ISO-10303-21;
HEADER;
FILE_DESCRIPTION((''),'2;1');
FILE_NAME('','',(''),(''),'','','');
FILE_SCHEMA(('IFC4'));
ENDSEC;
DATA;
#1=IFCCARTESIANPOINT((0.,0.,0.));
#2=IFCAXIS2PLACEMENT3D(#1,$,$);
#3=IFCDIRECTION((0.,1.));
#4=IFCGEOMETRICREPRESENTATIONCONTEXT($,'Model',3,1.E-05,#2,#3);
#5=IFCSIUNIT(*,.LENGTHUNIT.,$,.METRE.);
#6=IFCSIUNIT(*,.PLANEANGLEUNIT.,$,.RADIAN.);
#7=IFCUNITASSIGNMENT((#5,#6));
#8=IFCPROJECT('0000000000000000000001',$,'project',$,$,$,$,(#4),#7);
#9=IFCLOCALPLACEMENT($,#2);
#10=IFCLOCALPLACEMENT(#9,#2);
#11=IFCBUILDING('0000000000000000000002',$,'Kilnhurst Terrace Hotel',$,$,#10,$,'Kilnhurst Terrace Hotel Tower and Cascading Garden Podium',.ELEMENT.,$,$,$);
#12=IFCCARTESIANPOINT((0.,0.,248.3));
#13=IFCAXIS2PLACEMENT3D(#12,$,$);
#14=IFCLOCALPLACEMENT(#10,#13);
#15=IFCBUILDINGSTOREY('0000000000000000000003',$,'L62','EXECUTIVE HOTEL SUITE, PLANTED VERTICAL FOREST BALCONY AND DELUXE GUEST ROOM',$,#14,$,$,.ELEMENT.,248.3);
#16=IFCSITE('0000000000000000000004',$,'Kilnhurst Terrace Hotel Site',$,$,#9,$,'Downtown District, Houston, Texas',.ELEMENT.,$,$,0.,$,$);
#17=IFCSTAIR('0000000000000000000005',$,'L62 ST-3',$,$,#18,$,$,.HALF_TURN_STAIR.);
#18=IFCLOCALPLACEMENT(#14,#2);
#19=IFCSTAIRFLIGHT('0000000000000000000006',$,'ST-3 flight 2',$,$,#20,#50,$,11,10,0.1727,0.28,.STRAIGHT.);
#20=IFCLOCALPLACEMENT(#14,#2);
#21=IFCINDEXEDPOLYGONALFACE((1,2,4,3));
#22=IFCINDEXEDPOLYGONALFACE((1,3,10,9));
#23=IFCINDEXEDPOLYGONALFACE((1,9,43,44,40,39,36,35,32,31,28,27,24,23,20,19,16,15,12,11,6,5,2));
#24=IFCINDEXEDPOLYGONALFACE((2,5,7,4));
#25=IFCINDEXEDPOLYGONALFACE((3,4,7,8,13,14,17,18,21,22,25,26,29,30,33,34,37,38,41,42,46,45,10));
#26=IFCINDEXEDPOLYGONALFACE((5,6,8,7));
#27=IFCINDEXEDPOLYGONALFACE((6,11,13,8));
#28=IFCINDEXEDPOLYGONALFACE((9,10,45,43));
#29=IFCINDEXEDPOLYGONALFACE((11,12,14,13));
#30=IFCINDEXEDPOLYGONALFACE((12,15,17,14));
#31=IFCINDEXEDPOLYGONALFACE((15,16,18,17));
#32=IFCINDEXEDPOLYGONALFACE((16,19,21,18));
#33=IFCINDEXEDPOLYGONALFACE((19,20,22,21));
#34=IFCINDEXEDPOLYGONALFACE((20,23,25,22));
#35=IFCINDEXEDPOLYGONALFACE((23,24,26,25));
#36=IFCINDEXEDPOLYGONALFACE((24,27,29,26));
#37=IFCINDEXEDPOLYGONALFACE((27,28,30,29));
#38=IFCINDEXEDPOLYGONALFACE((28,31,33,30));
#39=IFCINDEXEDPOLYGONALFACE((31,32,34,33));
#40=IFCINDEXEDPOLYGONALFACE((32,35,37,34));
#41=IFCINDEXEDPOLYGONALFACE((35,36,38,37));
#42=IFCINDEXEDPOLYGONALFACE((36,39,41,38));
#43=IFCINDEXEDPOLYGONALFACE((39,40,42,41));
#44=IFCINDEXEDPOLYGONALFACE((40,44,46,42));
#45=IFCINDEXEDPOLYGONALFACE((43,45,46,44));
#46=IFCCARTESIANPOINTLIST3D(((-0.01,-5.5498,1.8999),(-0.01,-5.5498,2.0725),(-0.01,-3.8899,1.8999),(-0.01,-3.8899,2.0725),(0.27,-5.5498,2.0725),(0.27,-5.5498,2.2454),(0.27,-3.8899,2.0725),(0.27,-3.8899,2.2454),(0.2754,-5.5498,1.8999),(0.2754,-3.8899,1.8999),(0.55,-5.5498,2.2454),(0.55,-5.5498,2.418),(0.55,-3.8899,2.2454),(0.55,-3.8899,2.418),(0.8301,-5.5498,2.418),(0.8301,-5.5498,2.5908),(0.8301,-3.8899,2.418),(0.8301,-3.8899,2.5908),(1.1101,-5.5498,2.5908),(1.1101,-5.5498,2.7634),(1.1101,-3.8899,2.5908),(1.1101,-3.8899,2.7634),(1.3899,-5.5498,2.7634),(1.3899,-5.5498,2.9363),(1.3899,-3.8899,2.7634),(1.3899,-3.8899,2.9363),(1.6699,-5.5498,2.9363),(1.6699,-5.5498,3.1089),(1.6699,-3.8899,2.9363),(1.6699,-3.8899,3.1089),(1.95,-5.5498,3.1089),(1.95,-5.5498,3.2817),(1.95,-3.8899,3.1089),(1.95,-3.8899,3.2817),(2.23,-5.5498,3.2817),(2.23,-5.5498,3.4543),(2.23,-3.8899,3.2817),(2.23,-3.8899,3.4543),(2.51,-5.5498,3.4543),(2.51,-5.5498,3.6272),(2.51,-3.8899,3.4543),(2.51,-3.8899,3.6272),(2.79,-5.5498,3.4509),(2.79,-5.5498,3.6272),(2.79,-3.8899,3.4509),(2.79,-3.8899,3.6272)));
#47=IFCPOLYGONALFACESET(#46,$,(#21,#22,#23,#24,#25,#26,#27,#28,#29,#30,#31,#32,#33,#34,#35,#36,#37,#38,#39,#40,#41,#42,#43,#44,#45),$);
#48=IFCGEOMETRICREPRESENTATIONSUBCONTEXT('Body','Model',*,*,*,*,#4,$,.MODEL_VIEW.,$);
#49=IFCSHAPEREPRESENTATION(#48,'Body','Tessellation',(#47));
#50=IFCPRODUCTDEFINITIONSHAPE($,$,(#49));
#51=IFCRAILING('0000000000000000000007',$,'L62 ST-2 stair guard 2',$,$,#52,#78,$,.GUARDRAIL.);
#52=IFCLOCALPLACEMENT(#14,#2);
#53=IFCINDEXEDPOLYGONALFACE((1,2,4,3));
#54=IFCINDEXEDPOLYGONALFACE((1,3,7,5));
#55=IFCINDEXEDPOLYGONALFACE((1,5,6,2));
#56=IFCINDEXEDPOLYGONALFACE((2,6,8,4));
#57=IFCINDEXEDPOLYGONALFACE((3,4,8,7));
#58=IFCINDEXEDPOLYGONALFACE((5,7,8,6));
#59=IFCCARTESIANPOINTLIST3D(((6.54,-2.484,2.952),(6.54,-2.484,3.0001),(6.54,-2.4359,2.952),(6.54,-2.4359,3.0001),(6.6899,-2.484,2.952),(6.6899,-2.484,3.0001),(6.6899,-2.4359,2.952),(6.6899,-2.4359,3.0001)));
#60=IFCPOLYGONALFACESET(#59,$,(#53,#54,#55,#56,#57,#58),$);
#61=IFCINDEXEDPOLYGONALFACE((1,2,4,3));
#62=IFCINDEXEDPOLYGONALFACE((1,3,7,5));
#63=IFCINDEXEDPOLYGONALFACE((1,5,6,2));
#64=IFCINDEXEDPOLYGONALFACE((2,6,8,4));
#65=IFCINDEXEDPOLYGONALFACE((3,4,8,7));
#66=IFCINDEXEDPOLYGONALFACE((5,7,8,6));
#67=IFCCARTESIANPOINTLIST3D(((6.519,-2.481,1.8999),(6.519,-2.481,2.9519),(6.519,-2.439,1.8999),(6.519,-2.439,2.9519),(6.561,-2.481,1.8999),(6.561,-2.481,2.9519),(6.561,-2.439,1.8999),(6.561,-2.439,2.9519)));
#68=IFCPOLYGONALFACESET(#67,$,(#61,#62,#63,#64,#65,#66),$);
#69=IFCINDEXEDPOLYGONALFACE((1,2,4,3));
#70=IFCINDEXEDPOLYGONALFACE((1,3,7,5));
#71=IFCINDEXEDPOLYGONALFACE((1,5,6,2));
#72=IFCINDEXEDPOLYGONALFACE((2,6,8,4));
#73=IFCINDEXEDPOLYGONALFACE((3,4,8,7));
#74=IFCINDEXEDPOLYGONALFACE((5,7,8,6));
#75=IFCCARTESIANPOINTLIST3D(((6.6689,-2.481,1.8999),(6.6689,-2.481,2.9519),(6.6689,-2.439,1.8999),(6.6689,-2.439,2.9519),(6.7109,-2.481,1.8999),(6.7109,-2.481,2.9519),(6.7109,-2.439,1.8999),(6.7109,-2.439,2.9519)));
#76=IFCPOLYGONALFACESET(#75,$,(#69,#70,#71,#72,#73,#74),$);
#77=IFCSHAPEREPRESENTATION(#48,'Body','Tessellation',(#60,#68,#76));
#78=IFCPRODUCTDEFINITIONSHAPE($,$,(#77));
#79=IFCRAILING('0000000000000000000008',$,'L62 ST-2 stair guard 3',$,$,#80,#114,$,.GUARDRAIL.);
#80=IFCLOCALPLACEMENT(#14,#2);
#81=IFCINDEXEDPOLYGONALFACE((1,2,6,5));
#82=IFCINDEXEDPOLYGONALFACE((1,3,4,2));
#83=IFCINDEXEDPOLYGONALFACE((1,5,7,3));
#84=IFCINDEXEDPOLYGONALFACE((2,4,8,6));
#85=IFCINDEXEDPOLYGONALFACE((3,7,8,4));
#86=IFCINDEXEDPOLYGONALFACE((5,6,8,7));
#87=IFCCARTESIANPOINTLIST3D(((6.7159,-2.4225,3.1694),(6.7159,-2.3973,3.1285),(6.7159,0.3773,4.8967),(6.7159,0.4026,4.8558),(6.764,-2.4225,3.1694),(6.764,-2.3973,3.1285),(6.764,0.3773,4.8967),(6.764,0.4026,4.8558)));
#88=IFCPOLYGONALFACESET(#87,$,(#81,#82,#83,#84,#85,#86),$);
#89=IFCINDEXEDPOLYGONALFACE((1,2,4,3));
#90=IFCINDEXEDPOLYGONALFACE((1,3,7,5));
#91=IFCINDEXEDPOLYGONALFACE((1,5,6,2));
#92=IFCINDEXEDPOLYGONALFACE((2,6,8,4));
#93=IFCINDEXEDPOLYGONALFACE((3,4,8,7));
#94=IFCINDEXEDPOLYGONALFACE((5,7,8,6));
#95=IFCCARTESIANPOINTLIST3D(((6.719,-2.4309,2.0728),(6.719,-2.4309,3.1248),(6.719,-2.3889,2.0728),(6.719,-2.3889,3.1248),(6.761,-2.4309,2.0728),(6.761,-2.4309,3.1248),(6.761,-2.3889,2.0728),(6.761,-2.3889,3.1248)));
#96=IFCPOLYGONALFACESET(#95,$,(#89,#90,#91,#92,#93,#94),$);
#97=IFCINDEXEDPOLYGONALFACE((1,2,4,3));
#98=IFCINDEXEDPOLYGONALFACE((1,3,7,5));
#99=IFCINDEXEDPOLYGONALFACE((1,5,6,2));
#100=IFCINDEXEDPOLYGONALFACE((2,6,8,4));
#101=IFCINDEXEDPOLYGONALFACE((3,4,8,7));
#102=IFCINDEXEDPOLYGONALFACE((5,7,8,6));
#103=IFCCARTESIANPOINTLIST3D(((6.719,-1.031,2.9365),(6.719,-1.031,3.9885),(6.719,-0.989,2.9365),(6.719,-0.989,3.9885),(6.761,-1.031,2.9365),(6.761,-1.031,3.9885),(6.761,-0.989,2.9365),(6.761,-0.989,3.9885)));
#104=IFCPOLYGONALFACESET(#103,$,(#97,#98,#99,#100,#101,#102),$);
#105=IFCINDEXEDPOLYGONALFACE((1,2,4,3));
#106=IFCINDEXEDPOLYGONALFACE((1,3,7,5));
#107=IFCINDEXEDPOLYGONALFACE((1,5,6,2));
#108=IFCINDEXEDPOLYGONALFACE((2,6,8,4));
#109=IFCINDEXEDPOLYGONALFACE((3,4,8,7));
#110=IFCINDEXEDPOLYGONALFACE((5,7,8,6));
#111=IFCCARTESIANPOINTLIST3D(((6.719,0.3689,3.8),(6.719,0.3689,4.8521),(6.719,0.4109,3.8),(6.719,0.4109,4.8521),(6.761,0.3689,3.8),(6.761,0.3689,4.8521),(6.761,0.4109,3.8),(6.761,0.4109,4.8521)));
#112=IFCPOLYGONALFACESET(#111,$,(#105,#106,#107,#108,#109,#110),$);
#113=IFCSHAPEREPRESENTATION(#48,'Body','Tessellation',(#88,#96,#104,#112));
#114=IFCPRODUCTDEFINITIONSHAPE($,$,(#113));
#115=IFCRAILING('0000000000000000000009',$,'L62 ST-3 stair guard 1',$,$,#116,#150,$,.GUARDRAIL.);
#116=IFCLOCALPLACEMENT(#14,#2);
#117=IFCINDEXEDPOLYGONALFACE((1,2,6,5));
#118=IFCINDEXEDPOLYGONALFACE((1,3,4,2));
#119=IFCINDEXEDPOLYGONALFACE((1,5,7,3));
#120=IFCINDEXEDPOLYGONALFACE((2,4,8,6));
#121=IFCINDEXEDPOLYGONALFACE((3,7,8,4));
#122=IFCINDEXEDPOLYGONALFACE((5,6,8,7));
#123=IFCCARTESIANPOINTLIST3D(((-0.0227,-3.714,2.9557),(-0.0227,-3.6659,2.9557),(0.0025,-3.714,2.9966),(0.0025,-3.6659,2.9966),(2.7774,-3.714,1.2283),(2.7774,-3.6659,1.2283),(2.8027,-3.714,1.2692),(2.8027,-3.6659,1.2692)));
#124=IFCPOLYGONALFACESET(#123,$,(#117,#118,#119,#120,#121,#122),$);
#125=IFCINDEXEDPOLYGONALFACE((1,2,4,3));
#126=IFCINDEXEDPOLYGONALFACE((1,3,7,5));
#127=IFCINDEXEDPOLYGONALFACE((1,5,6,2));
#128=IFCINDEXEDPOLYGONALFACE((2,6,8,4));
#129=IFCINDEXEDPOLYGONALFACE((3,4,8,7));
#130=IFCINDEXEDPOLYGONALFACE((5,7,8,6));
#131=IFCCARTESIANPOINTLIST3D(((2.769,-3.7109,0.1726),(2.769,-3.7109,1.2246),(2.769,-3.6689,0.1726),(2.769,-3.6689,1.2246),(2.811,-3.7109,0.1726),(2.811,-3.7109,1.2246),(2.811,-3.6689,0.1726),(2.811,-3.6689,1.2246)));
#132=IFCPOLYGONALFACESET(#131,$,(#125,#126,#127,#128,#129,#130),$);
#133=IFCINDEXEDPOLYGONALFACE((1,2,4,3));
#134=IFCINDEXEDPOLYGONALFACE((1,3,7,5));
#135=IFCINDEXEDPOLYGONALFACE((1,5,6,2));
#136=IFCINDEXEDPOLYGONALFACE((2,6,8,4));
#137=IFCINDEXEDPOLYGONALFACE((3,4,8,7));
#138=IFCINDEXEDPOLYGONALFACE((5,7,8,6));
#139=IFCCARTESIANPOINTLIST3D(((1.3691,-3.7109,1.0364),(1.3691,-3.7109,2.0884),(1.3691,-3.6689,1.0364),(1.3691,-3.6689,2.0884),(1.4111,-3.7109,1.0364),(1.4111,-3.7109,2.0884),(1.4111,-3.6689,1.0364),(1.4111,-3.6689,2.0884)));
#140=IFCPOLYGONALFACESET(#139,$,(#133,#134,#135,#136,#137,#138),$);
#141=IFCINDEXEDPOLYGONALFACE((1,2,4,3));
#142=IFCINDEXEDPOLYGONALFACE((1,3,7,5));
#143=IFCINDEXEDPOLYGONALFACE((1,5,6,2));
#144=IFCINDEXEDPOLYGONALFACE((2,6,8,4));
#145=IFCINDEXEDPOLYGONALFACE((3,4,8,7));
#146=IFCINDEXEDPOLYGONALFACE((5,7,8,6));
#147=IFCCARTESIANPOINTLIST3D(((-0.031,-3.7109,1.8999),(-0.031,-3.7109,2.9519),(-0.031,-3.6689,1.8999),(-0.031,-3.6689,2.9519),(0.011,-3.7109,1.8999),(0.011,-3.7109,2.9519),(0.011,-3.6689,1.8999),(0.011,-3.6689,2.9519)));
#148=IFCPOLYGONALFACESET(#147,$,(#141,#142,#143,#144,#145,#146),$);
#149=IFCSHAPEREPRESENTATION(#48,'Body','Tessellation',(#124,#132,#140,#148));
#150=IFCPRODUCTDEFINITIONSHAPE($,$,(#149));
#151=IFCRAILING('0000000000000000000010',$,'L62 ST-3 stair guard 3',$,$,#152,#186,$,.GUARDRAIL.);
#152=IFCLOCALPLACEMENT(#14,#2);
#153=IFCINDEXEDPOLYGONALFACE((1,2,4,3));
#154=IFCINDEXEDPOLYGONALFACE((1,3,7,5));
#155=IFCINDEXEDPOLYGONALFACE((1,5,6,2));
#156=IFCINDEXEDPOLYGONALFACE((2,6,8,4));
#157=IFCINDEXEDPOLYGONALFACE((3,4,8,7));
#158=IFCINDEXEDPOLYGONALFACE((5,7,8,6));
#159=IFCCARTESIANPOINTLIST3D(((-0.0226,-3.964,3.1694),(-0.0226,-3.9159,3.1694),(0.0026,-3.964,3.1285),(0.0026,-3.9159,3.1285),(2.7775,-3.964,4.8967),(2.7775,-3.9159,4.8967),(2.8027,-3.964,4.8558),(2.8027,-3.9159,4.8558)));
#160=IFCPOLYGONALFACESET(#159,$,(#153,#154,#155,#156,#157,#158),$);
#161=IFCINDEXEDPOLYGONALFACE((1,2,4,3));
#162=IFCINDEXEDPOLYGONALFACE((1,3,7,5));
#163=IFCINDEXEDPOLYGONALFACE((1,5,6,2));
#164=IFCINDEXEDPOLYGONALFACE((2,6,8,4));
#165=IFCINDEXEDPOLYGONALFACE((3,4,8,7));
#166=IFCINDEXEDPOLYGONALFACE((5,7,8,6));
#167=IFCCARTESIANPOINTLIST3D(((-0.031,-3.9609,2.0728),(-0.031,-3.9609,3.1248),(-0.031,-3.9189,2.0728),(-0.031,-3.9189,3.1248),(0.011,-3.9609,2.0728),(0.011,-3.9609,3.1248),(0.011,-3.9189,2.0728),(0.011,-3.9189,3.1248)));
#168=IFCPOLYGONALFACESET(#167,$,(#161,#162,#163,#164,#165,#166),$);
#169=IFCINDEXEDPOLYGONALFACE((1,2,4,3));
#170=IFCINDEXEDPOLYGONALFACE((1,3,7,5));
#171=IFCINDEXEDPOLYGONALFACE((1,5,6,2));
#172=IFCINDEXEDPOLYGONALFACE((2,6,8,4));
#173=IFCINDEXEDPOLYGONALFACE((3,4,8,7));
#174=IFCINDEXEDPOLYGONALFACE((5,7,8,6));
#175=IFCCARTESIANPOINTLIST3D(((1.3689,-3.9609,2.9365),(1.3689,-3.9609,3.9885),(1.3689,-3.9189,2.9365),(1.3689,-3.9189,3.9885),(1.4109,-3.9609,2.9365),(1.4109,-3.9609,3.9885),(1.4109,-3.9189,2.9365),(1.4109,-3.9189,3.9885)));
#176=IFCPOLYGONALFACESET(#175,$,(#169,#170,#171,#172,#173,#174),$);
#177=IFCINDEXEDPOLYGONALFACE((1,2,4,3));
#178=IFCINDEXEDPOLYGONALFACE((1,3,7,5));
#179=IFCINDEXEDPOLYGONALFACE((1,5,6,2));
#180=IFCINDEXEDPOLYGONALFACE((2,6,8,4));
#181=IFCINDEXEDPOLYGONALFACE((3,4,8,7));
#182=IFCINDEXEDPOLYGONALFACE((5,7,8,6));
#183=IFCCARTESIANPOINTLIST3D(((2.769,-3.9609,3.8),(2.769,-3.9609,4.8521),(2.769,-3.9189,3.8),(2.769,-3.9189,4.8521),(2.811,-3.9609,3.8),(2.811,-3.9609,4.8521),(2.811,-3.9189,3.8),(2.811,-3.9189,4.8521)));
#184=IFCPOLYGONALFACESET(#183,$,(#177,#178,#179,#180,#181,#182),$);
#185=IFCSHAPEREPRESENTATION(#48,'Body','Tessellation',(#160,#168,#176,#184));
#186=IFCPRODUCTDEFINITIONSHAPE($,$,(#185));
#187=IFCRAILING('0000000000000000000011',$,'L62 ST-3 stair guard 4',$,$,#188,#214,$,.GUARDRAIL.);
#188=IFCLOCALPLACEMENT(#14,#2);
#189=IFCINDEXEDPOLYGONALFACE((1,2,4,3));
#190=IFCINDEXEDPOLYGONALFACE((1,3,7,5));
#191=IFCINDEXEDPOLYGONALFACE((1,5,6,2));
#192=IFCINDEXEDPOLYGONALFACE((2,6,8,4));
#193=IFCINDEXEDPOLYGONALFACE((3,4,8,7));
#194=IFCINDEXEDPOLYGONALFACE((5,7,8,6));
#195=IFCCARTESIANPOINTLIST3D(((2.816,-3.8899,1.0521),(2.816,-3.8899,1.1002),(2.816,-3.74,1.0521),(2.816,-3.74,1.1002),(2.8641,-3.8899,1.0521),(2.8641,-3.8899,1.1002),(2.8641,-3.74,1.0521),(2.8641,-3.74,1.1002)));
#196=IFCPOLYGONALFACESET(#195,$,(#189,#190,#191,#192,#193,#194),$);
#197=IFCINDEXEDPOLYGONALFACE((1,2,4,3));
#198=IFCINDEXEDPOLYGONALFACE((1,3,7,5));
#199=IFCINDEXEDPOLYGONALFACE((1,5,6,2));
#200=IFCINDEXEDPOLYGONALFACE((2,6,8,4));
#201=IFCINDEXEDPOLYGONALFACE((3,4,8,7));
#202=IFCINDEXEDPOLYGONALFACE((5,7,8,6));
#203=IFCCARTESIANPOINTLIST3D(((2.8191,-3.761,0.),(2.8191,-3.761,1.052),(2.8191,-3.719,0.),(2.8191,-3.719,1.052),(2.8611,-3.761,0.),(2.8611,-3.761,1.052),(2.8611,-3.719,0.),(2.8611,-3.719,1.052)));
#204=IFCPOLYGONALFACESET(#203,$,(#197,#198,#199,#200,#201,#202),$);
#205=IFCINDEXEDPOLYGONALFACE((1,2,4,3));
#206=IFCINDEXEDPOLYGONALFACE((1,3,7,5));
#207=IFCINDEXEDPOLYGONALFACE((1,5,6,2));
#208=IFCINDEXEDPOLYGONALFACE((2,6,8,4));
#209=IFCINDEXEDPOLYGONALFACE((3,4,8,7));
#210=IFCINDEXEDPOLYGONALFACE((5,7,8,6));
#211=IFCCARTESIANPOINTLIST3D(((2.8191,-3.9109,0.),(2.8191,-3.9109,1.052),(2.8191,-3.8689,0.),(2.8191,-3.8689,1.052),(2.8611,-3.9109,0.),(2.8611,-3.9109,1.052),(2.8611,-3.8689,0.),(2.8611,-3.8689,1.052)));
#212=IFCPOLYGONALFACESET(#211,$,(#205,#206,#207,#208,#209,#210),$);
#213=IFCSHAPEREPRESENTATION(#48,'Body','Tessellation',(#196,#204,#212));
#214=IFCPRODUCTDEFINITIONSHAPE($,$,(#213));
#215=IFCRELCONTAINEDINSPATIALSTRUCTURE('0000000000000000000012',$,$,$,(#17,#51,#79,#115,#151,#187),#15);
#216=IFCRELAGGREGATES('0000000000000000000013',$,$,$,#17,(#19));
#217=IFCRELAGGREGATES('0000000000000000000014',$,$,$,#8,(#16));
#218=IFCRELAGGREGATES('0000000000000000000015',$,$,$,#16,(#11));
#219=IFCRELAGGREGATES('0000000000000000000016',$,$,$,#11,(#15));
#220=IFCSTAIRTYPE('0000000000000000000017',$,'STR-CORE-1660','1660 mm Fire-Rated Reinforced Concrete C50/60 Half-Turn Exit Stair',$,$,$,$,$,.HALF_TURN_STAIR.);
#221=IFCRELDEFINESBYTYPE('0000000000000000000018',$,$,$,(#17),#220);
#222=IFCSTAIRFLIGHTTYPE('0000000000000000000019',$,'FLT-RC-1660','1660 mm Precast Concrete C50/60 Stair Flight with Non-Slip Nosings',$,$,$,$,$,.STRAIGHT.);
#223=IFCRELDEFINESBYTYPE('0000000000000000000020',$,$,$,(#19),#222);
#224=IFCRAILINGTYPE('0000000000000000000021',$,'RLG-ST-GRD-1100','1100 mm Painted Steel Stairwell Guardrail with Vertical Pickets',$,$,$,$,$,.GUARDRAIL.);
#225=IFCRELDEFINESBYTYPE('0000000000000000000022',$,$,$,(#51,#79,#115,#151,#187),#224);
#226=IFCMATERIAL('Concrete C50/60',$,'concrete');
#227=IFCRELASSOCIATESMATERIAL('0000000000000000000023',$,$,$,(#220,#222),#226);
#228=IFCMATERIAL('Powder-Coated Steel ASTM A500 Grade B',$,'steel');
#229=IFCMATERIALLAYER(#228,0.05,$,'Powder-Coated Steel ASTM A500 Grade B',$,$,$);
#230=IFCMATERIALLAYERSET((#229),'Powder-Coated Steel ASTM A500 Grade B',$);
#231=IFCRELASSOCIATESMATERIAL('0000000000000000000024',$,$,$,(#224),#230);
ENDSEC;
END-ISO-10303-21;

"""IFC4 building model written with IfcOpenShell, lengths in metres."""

from ifc_helpers import new_model, si_unit, direction, frame, origin, origin_2d, place, context, subcontext, project, spatial, polyline, rectangle, outline, extrude, material, layer, layer_set, type_object, element, aggregate, save


model = new_model("IFC4")

# Units and contexts
model_context = context("Model", 3, precision=1e-05, world=origin(), true_north=direction((0.0, 1.0)))
body_context = subcontext(model_context, "Body", "Model", "MODEL_VIEW")
ifc_project = project(units=[si_unit("LENGTHUNIT", "METRE"), si_unit("PLANEANGLEUNIT", "RADIAN")], contexts=[model_context])

# Site, building, storey
site_placement = place(None, origin())
site = spatial("IfcSite", under=ifc_project, at=site_placement, Name="Kilnhurst Terrace Hotel Site", LongName="Downtown District, Houston, Texas", CompositionType="ELEMENT", RefElevation=0.0)
building_placement = place(site_placement, origin())
building = spatial("IfcBuilding", under=site, at=building_placement, Name="Kilnhurst Terrace Hotel", LongName="Kilnhurst Terrace Hotel Tower and Cascading Garden Podium", CompositionType="ELEMENT")
storey_placement = place(building_placement, frame((0.0, 0.0, 248.3)))
storey = spatial("IfcBuildingStorey", under=building, at=storey_placement, Name="L62", Description="EXECUTIVE HOTEL SUITE, PLANTED VERTICAL FOREST BALCONY AND DELUXE GUEST ROOM", CompositionType="ELEMENT", Elevation=248.3)

# Shared definitions
ifc_material_1 = material(Name="Concrete C50/60", Category="concrete")

# Shared definitions
stair_type = type_object("IfcStairType", Name="STR-CORE-1660", Description="1660 mm Fire-Rated Reinforced Concrete C50/60 Half-Turn Exit Stair", PredefinedType="HALF_TURN_STAIR", material=ifc_material_1)
stair_flight_type = type_object("IfcStairFlightType", Name="FLT-RC-1660", Description="1660 mm Precast Concrete C50/60 Stair Flight with Non-Slip Nosings", PredefinedType="STRAIGHT", material=ifc_material_1)

# Stair, stair flight
stair_1_placement = place(storey_placement, origin())
stair_1 = element("IfcStair", 1, at=stair_1_placement, inside=storey, type_object=stair_type, Name="L62 ST-3", PredefinedType="HALF_TURN_STAIR")
stair_flight_1_placement = place(storey_placement, frame((-0.01, -4.72, 1.8999), z_axis=(0.0, 0.0, 1.0), x_axis=(1.0, 0.0, 0.0)))
stair_flight_1 = element("IfcStairFlight", 2, at=stair_flight_1_placement, type_object=stair_flight_type, Name="ST-3 flight 2", NumberOfRisers=11, NumberOfTreads=10, PredefinedType="STRAIGHT", RiserHeight=0.1727, TreadLength=0.28, context=body_context, shape_type="SweptSolid", body=[
    extrude(outline(polyline([(0.0, 0.0), (0.0, 0.1726), (0.28, 0.1726), (0.28, 0.3455), (0.5601, 0.3455), (0.5601, 0.5181), (0.8401, 0.5181), (0.8401, 0.6909), (1.1201, 0.6909), (1.1201, 0.8635), (1.3999, 0.8635), (1.3999, 1.0364), (1.6799, 1.0364), (1.6799, 1.209), (1.96, 1.209), (1.96, 1.3818), (2.24, 1.3818), (2.24, 1.5544), (2.52, 1.5544), (2.52, 1.7273), (2.8, 1.7273), (2.8, 1.8999), (2.8, 1.551), (0.2854, 0.0), (0.0, 0.0)])), frame((0.0, 0.8301, 0.0), z_axis=(0.0, -1.0, 0.0), x_axis=(1.0, 0.0, 0.0)), (0.0, 0.0, 1.0), 1.6599),
])
aggregate(stair_1, [stair_flight_1])

# Railings
ifc_material_2 = material(Name="Powder-Coated Steel ASTM A500 Grade B", Category="steel")
ifc_layer_1 = layer(ifc_material_2, 0.05, Name="Powder-Coated Steel ASTM A500 Grade B")
ifc_layer_set_1 = layer_set([ifc_layer_1], Name="Powder-Coated Steel ASTM A500 Grade B")
railing_type_1 = type_object("IfcRailingType", Name="RLG-ST-GRD-1100", Description="1100 mm Painted Steel Stairwell Guardrail with Vertical Pickets", PredefinedType="GUARDRAIL", material=ifc_layer_set_1)
railing_1_placement = place(storey_placement, frame((6.54, -2.46, 1.8999)))
element("IfcRailing", 3, at=railing_1_placement, inside=storey, type_object=railing_type_1, Name="L62 ST-2 stair guard 2", PredefinedType="GUARDRAIL", context=body_context, shape_type="SweptSolid", body=[
    extrude(rectangle(XDim=0.0481, YDim=0.0481, at=origin_2d()), frame((0.0, 0.0, 1.0762), z_axis=(1.0, 0.0, 0.0), x_axis=(0.0, 1.0, 0.0)), (0.0, 0.0, 1.0), 0.1499),
    extrude(rectangle(XDim=0.042, YDim=0.042, at=origin_2d()), origin(), (0.0, 0.0, 1.0), 1.052),
    extrude(rectangle(XDim=0.042, YDim=0.042, at=origin_2d()), frame((0.1499, 0.0, 0.0)), (0.0, 0.0, 1.0), 1.052),
])
railing_2_placement = place(storey_placement, frame((6.74, -2.4099, 2.0728)))
element("IfcRailing", 4, at=railing_2_placement, inside=storey, type_object=railing_type_1, Name="L62 ST-2 stair guard 3", PredefinedType="GUARDRAIL", context=body_context, shape_type="SweptSolid", body=[
    extrude(rectangle(XDim=0.0481, YDim=0.0481, at=origin_2d()), frame((0.0, 0.0, 1.0762), z_axis=(0.0, 0.851069, 0.525054), x_axis=(-1.0, 0.0, 0.0)), (0.0, 0.0, 1.0), 3.2898),
    extrude(rectangle(XDim=0.042, YDim=0.042, at=origin_2d()), origin(), (0.0, 0.0, 1.0), 1.052),
    extrude(rectangle(XDim=0.042, YDim=0.042, at=origin_2d()), frame((0.0, 1.3999, 0.8638)), (0.0, 0.0, 1.0), 1.052),
    extrude(rectangle(XDim=0.042, YDim=0.042, at=origin_2d()), frame((0.0, 2.7998, 1.7273)), (0.0, 0.0, 1.0), 1.052),
])
railing_3_placement = place(storey_placement, frame((2.79, -3.6899, 0.1726)))
element("IfcRailing", 5, at=railing_3_placement, inside=storey, type_object=railing_type_1, Name="L62 ST-3 stair guard 1", PredefinedType="GUARDRAIL", context=body_context, shape_type="SweptSolid", body=[
    extrude(rectangle(XDim=0.0481, YDim=0.0481, at=origin_2d()), frame((0.0, 0.0, 1.0762), z_axis=(-0.85109, 0.0, 0.52502), x_axis=(0.0, -1.0, 0.0)), (0.0, 0.0, 1.0), 3.29),
    extrude(rectangle(XDim=0.042, YDim=0.042, at=origin_2d()), origin(), (0.0, 0.0, 1.0), 1.052),
    extrude(rectangle(XDim=0.042, YDim=0.042, at=origin_2d()), frame((-1.3999, 0.0, 0.8638)), (0.0, 0.0, 1.0), 1.052),
    extrude(rectangle(XDim=0.042, YDim=0.042, at=origin_2d()), frame((-2.8, 0.0, 1.7273)), (0.0, 0.0, 1.0), 1.052),
])
railing_4_placement = place(storey_placement, frame((-0.01, -3.9399, 2.0728)))
element("IfcRailing", 6, at=railing_4_placement, inside=storey, type_object=railing_type_1, Name="L62 ST-3 stair guard 3", PredefinedType="GUARDRAIL", context=body_context, shape_type="SweptSolid", body=[
    extrude(rectangle(XDim=0.0481, YDim=0.0481, at=origin_2d()), frame((0.0, 0.0, 1.0762), z_axis=(0.85109, 0.0, 0.52502), x_axis=(0.0, 1.0, 0.0)), (0.0, 0.0, 1.0), 3.29),
    extrude(rectangle(XDim=0.042, YDim=0.042, at=origin_2d()), origin(), (0.0, 0.0, 1.0), 1.052),
    extrude(rectangle(XDim=0.042, YDim=0.042, at=origin_2d()), frame((1.3999, 0.0, 0.8638)), (0.0, 0.0, 1.0), 1.052),
    extrude(rectangle(XDim=0.042, YDim=0.042, at=origin_2d()), frame((2.8, 0.0, 1.7273)), (0.0, 0.0, 1.0), 1.052),
])
railing_5_placement = place(storey_placement, frame((2.8401, -3.74, 0.0)))
element("IfcRailing", 7, at=railing_5_placement, inside=storey, type_object=railing_type_1, Name="L62 ST-3 stair guard 4", PredefinedType="GUARDRAIL", context=body_context, shape_type="SweptSolid", body=[
    extrude(rectangle(XDim=0.0481, YDim=0.0481, at=origin_2d()), frame((0.0, 0.0, 1.0762), z_axis=(0.0, -1.0, 0.0), x_axis=(1.0, 0.0, 0.0)), (0.0, 0.0, 1.0), 0.1499),
    extrude(rectangle(XDim=0.042, YDim=0.042, at=origin_2d()), origin(), (0.0, 0.0, 1.0), 1.052),
    extrude(rectangle(XDim=0.042, YDim=0.042, at=origin_2d()), frame((0.0, -0.1499, 0.0)), (0.0, 0.0, 1.0), 1.052),
])

save(model, "model.ifc")
